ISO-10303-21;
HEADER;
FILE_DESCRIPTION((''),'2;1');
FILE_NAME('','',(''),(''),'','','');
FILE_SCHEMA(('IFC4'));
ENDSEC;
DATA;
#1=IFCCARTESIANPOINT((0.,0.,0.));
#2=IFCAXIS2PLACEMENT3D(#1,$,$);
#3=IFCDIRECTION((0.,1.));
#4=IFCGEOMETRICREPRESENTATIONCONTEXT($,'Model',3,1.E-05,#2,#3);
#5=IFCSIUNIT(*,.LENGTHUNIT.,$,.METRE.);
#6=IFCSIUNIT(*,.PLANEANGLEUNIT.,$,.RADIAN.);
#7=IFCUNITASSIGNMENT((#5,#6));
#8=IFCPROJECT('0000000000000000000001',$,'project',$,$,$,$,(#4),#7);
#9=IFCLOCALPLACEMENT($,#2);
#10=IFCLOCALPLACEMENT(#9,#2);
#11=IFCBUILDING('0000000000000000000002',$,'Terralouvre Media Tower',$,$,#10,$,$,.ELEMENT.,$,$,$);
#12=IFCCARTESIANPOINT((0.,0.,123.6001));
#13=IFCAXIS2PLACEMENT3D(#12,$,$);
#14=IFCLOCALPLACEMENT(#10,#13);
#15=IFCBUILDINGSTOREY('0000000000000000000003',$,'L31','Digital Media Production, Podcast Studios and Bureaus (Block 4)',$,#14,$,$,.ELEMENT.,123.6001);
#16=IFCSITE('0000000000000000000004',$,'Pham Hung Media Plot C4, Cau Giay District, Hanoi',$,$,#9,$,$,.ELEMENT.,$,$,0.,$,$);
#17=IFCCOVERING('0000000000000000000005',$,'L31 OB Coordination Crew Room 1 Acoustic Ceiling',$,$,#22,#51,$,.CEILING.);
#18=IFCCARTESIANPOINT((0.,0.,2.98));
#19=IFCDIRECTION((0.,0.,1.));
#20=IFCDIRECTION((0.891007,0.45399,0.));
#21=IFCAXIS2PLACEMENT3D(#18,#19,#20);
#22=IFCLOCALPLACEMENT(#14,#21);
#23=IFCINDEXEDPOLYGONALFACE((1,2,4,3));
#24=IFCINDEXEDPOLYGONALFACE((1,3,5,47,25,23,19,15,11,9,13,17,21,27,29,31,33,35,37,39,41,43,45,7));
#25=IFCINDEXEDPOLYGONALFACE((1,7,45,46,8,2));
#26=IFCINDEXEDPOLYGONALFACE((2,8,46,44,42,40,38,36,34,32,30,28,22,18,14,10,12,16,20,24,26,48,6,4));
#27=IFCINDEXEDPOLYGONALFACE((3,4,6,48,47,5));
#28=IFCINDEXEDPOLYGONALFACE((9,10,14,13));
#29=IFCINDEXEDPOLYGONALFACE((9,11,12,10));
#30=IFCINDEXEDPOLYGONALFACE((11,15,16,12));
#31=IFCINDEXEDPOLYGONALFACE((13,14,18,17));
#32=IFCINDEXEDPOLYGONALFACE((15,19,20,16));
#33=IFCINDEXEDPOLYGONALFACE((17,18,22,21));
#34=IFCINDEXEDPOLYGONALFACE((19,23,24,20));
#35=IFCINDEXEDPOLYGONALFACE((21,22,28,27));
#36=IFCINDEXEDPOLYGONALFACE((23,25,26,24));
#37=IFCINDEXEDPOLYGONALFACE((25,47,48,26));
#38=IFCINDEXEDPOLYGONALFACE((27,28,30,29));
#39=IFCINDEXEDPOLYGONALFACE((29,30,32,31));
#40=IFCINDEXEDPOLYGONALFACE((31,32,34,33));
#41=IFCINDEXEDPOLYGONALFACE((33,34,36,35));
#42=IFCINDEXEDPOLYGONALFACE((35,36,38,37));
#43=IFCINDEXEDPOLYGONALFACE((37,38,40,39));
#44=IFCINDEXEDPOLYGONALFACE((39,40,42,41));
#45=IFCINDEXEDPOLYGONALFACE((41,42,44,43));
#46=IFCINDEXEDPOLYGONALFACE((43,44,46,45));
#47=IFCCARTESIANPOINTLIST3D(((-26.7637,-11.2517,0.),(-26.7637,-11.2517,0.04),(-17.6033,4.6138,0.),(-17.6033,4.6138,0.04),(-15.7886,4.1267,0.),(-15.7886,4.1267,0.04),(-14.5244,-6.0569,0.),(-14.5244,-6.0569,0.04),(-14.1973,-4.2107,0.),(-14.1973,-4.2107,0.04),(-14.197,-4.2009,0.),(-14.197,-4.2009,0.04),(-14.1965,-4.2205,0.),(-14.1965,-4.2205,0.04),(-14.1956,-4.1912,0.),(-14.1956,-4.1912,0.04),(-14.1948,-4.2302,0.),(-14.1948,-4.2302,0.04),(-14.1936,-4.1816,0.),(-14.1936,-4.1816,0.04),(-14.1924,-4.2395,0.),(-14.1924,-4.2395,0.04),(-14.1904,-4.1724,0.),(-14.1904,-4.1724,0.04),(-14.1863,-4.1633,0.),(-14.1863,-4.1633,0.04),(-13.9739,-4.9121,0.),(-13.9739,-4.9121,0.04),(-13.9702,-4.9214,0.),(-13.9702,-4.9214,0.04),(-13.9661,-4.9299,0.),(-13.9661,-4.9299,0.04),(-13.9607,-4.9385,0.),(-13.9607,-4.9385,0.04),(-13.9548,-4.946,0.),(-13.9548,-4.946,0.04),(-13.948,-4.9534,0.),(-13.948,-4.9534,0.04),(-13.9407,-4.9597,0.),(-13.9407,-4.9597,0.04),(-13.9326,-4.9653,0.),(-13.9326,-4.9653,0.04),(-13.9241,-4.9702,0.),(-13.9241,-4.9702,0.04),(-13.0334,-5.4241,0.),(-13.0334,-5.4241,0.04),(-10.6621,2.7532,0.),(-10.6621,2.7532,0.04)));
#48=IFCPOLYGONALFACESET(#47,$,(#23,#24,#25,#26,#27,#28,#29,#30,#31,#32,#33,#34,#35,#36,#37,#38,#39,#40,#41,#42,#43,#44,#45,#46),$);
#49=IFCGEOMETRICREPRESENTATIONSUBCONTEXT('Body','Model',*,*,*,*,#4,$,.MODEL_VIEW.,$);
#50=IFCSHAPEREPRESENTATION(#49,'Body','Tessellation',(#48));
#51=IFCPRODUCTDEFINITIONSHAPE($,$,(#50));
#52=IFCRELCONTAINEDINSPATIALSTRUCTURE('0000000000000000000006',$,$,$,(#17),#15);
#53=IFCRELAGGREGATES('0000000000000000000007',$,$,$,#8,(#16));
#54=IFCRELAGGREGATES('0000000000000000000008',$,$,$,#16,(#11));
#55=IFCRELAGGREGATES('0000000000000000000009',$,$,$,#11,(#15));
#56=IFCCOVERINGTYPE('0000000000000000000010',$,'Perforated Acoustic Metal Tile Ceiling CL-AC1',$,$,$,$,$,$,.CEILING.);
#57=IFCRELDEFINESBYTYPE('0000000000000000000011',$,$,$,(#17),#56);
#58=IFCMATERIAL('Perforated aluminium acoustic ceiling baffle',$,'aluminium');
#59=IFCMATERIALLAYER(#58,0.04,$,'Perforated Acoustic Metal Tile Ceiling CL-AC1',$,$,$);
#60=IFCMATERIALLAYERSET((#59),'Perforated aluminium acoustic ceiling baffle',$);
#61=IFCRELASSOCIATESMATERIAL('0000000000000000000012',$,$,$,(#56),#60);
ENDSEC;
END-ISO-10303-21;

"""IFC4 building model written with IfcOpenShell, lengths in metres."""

from ifc_helpers import new_model, si_unit, direction, frame, origin, place, context, subcontext, project, spatial, polyline, outline, extrude, material, layer, layer_set, type_object, element, save


model = new_model("IFC4")

# Units and contexts
model_context = context("Model", 3, precision=1e-05, world=origin(), true_north=direction((0.0, 1.0)))
body_context = subcontext(model_context, "Body", "Model", "MODEL_VIEW")
ifc_project = project(units=[si_unit("LENGTHUNIT", "METRE"), si_unit("PLANEANGLEUNIT", "RADIAN")], contexts=[model_context])

# Site, building, storey
site_placement = place(None, origin())
site = spatial("IfcSite", under=ifc_project, at=site_placement, Name="Pham Hung Media Plot C4, Cau Giay District, Hanoi", CompositionType="ELEMENT", RefElevation=0.0)
building_placement = place(site_placement, origin())
building = spatial("IfcBuilding", under=site, at=building_placement, Name="Terralouvre Media Tower", CompositionType="ELEMENT")
storey_placement = place(building_placement, frame((0.0, 0.0, 123.6001)))
storey = spatial("IfcBuildingStorey", under=building, at=storey_placement, Name="L31", Description="Digital Media Production, Podcast Studios and Bureaus (Block 4)", CompositionType="ELEMENT", Elevation=123.6001)

# Covering
ifc_material_1 = material(Name="Perforated aluminium acoustic ceiling baffle", Category="aluminium")
ifc_layer_1 = layer(ifc_material_1, 0.04, Name="Perforated Acoustic Metal Tile Ceiling CL-AC1")
ifc_layer_set_1 = layer_set([ifc_layer_1], Name="Perforated aluminium acoustic ceiling baffle")
covering_type = type_object("IfcCoveringType", Name="Perforated Acoustic Metal Tile Ceiling CL-AC1", PredefinedType="CEILING", material=ifc_layer_set_1)
covering_placement = place(storey_placement, frame((0.0, 0.0, 2.98), z_axis=(0.0, 0.0, 1.0), x_axis=(0.891007, 0.45399, 0.0)))
element("IfcCovering", 1, at=covering_placement, inside=storey, type_object=covering_type, Name="L31 OB Coordination Crew Room 1 Acoustic Ceiling", PredefinedType="CEILING", context=body_context, shape_type="SweptSolid", body=[
    extrude(outline(polyline([(-13.0334, -5.4241), (-13.9241, -4.9702), (-13.9326, -4.9653), (-13.9407, -4.9597), (-13.948, -4.9534), (-13.9548, -4.946), (-13.9607, -4.9385), (-13.9661, -4.9299), (-13.9702, -4.9214), (-13.9739, -4.9121), (-14.1924, -4.2395), (-14.1948, -4.2302), (-14.1965, -4.2205), (-14.1973, -4.2107), (-14.197, -4.2009), (-14.1956, -4.1912), (-14.1936, -4.1816), (-14.1904, -4.1724), (-14.1863, -4.1633), (-10.6621, 2.7532), (-15.7886, 4.1267), (-17.6033, 4.6138), (-26.7637, -11.2517), (-14.5244, -6.0569), (-13.0334, -5.4241)])), origin(), (0.0, 0.0, 1.0), 0.04),
])

save(model, "model.ifc")
